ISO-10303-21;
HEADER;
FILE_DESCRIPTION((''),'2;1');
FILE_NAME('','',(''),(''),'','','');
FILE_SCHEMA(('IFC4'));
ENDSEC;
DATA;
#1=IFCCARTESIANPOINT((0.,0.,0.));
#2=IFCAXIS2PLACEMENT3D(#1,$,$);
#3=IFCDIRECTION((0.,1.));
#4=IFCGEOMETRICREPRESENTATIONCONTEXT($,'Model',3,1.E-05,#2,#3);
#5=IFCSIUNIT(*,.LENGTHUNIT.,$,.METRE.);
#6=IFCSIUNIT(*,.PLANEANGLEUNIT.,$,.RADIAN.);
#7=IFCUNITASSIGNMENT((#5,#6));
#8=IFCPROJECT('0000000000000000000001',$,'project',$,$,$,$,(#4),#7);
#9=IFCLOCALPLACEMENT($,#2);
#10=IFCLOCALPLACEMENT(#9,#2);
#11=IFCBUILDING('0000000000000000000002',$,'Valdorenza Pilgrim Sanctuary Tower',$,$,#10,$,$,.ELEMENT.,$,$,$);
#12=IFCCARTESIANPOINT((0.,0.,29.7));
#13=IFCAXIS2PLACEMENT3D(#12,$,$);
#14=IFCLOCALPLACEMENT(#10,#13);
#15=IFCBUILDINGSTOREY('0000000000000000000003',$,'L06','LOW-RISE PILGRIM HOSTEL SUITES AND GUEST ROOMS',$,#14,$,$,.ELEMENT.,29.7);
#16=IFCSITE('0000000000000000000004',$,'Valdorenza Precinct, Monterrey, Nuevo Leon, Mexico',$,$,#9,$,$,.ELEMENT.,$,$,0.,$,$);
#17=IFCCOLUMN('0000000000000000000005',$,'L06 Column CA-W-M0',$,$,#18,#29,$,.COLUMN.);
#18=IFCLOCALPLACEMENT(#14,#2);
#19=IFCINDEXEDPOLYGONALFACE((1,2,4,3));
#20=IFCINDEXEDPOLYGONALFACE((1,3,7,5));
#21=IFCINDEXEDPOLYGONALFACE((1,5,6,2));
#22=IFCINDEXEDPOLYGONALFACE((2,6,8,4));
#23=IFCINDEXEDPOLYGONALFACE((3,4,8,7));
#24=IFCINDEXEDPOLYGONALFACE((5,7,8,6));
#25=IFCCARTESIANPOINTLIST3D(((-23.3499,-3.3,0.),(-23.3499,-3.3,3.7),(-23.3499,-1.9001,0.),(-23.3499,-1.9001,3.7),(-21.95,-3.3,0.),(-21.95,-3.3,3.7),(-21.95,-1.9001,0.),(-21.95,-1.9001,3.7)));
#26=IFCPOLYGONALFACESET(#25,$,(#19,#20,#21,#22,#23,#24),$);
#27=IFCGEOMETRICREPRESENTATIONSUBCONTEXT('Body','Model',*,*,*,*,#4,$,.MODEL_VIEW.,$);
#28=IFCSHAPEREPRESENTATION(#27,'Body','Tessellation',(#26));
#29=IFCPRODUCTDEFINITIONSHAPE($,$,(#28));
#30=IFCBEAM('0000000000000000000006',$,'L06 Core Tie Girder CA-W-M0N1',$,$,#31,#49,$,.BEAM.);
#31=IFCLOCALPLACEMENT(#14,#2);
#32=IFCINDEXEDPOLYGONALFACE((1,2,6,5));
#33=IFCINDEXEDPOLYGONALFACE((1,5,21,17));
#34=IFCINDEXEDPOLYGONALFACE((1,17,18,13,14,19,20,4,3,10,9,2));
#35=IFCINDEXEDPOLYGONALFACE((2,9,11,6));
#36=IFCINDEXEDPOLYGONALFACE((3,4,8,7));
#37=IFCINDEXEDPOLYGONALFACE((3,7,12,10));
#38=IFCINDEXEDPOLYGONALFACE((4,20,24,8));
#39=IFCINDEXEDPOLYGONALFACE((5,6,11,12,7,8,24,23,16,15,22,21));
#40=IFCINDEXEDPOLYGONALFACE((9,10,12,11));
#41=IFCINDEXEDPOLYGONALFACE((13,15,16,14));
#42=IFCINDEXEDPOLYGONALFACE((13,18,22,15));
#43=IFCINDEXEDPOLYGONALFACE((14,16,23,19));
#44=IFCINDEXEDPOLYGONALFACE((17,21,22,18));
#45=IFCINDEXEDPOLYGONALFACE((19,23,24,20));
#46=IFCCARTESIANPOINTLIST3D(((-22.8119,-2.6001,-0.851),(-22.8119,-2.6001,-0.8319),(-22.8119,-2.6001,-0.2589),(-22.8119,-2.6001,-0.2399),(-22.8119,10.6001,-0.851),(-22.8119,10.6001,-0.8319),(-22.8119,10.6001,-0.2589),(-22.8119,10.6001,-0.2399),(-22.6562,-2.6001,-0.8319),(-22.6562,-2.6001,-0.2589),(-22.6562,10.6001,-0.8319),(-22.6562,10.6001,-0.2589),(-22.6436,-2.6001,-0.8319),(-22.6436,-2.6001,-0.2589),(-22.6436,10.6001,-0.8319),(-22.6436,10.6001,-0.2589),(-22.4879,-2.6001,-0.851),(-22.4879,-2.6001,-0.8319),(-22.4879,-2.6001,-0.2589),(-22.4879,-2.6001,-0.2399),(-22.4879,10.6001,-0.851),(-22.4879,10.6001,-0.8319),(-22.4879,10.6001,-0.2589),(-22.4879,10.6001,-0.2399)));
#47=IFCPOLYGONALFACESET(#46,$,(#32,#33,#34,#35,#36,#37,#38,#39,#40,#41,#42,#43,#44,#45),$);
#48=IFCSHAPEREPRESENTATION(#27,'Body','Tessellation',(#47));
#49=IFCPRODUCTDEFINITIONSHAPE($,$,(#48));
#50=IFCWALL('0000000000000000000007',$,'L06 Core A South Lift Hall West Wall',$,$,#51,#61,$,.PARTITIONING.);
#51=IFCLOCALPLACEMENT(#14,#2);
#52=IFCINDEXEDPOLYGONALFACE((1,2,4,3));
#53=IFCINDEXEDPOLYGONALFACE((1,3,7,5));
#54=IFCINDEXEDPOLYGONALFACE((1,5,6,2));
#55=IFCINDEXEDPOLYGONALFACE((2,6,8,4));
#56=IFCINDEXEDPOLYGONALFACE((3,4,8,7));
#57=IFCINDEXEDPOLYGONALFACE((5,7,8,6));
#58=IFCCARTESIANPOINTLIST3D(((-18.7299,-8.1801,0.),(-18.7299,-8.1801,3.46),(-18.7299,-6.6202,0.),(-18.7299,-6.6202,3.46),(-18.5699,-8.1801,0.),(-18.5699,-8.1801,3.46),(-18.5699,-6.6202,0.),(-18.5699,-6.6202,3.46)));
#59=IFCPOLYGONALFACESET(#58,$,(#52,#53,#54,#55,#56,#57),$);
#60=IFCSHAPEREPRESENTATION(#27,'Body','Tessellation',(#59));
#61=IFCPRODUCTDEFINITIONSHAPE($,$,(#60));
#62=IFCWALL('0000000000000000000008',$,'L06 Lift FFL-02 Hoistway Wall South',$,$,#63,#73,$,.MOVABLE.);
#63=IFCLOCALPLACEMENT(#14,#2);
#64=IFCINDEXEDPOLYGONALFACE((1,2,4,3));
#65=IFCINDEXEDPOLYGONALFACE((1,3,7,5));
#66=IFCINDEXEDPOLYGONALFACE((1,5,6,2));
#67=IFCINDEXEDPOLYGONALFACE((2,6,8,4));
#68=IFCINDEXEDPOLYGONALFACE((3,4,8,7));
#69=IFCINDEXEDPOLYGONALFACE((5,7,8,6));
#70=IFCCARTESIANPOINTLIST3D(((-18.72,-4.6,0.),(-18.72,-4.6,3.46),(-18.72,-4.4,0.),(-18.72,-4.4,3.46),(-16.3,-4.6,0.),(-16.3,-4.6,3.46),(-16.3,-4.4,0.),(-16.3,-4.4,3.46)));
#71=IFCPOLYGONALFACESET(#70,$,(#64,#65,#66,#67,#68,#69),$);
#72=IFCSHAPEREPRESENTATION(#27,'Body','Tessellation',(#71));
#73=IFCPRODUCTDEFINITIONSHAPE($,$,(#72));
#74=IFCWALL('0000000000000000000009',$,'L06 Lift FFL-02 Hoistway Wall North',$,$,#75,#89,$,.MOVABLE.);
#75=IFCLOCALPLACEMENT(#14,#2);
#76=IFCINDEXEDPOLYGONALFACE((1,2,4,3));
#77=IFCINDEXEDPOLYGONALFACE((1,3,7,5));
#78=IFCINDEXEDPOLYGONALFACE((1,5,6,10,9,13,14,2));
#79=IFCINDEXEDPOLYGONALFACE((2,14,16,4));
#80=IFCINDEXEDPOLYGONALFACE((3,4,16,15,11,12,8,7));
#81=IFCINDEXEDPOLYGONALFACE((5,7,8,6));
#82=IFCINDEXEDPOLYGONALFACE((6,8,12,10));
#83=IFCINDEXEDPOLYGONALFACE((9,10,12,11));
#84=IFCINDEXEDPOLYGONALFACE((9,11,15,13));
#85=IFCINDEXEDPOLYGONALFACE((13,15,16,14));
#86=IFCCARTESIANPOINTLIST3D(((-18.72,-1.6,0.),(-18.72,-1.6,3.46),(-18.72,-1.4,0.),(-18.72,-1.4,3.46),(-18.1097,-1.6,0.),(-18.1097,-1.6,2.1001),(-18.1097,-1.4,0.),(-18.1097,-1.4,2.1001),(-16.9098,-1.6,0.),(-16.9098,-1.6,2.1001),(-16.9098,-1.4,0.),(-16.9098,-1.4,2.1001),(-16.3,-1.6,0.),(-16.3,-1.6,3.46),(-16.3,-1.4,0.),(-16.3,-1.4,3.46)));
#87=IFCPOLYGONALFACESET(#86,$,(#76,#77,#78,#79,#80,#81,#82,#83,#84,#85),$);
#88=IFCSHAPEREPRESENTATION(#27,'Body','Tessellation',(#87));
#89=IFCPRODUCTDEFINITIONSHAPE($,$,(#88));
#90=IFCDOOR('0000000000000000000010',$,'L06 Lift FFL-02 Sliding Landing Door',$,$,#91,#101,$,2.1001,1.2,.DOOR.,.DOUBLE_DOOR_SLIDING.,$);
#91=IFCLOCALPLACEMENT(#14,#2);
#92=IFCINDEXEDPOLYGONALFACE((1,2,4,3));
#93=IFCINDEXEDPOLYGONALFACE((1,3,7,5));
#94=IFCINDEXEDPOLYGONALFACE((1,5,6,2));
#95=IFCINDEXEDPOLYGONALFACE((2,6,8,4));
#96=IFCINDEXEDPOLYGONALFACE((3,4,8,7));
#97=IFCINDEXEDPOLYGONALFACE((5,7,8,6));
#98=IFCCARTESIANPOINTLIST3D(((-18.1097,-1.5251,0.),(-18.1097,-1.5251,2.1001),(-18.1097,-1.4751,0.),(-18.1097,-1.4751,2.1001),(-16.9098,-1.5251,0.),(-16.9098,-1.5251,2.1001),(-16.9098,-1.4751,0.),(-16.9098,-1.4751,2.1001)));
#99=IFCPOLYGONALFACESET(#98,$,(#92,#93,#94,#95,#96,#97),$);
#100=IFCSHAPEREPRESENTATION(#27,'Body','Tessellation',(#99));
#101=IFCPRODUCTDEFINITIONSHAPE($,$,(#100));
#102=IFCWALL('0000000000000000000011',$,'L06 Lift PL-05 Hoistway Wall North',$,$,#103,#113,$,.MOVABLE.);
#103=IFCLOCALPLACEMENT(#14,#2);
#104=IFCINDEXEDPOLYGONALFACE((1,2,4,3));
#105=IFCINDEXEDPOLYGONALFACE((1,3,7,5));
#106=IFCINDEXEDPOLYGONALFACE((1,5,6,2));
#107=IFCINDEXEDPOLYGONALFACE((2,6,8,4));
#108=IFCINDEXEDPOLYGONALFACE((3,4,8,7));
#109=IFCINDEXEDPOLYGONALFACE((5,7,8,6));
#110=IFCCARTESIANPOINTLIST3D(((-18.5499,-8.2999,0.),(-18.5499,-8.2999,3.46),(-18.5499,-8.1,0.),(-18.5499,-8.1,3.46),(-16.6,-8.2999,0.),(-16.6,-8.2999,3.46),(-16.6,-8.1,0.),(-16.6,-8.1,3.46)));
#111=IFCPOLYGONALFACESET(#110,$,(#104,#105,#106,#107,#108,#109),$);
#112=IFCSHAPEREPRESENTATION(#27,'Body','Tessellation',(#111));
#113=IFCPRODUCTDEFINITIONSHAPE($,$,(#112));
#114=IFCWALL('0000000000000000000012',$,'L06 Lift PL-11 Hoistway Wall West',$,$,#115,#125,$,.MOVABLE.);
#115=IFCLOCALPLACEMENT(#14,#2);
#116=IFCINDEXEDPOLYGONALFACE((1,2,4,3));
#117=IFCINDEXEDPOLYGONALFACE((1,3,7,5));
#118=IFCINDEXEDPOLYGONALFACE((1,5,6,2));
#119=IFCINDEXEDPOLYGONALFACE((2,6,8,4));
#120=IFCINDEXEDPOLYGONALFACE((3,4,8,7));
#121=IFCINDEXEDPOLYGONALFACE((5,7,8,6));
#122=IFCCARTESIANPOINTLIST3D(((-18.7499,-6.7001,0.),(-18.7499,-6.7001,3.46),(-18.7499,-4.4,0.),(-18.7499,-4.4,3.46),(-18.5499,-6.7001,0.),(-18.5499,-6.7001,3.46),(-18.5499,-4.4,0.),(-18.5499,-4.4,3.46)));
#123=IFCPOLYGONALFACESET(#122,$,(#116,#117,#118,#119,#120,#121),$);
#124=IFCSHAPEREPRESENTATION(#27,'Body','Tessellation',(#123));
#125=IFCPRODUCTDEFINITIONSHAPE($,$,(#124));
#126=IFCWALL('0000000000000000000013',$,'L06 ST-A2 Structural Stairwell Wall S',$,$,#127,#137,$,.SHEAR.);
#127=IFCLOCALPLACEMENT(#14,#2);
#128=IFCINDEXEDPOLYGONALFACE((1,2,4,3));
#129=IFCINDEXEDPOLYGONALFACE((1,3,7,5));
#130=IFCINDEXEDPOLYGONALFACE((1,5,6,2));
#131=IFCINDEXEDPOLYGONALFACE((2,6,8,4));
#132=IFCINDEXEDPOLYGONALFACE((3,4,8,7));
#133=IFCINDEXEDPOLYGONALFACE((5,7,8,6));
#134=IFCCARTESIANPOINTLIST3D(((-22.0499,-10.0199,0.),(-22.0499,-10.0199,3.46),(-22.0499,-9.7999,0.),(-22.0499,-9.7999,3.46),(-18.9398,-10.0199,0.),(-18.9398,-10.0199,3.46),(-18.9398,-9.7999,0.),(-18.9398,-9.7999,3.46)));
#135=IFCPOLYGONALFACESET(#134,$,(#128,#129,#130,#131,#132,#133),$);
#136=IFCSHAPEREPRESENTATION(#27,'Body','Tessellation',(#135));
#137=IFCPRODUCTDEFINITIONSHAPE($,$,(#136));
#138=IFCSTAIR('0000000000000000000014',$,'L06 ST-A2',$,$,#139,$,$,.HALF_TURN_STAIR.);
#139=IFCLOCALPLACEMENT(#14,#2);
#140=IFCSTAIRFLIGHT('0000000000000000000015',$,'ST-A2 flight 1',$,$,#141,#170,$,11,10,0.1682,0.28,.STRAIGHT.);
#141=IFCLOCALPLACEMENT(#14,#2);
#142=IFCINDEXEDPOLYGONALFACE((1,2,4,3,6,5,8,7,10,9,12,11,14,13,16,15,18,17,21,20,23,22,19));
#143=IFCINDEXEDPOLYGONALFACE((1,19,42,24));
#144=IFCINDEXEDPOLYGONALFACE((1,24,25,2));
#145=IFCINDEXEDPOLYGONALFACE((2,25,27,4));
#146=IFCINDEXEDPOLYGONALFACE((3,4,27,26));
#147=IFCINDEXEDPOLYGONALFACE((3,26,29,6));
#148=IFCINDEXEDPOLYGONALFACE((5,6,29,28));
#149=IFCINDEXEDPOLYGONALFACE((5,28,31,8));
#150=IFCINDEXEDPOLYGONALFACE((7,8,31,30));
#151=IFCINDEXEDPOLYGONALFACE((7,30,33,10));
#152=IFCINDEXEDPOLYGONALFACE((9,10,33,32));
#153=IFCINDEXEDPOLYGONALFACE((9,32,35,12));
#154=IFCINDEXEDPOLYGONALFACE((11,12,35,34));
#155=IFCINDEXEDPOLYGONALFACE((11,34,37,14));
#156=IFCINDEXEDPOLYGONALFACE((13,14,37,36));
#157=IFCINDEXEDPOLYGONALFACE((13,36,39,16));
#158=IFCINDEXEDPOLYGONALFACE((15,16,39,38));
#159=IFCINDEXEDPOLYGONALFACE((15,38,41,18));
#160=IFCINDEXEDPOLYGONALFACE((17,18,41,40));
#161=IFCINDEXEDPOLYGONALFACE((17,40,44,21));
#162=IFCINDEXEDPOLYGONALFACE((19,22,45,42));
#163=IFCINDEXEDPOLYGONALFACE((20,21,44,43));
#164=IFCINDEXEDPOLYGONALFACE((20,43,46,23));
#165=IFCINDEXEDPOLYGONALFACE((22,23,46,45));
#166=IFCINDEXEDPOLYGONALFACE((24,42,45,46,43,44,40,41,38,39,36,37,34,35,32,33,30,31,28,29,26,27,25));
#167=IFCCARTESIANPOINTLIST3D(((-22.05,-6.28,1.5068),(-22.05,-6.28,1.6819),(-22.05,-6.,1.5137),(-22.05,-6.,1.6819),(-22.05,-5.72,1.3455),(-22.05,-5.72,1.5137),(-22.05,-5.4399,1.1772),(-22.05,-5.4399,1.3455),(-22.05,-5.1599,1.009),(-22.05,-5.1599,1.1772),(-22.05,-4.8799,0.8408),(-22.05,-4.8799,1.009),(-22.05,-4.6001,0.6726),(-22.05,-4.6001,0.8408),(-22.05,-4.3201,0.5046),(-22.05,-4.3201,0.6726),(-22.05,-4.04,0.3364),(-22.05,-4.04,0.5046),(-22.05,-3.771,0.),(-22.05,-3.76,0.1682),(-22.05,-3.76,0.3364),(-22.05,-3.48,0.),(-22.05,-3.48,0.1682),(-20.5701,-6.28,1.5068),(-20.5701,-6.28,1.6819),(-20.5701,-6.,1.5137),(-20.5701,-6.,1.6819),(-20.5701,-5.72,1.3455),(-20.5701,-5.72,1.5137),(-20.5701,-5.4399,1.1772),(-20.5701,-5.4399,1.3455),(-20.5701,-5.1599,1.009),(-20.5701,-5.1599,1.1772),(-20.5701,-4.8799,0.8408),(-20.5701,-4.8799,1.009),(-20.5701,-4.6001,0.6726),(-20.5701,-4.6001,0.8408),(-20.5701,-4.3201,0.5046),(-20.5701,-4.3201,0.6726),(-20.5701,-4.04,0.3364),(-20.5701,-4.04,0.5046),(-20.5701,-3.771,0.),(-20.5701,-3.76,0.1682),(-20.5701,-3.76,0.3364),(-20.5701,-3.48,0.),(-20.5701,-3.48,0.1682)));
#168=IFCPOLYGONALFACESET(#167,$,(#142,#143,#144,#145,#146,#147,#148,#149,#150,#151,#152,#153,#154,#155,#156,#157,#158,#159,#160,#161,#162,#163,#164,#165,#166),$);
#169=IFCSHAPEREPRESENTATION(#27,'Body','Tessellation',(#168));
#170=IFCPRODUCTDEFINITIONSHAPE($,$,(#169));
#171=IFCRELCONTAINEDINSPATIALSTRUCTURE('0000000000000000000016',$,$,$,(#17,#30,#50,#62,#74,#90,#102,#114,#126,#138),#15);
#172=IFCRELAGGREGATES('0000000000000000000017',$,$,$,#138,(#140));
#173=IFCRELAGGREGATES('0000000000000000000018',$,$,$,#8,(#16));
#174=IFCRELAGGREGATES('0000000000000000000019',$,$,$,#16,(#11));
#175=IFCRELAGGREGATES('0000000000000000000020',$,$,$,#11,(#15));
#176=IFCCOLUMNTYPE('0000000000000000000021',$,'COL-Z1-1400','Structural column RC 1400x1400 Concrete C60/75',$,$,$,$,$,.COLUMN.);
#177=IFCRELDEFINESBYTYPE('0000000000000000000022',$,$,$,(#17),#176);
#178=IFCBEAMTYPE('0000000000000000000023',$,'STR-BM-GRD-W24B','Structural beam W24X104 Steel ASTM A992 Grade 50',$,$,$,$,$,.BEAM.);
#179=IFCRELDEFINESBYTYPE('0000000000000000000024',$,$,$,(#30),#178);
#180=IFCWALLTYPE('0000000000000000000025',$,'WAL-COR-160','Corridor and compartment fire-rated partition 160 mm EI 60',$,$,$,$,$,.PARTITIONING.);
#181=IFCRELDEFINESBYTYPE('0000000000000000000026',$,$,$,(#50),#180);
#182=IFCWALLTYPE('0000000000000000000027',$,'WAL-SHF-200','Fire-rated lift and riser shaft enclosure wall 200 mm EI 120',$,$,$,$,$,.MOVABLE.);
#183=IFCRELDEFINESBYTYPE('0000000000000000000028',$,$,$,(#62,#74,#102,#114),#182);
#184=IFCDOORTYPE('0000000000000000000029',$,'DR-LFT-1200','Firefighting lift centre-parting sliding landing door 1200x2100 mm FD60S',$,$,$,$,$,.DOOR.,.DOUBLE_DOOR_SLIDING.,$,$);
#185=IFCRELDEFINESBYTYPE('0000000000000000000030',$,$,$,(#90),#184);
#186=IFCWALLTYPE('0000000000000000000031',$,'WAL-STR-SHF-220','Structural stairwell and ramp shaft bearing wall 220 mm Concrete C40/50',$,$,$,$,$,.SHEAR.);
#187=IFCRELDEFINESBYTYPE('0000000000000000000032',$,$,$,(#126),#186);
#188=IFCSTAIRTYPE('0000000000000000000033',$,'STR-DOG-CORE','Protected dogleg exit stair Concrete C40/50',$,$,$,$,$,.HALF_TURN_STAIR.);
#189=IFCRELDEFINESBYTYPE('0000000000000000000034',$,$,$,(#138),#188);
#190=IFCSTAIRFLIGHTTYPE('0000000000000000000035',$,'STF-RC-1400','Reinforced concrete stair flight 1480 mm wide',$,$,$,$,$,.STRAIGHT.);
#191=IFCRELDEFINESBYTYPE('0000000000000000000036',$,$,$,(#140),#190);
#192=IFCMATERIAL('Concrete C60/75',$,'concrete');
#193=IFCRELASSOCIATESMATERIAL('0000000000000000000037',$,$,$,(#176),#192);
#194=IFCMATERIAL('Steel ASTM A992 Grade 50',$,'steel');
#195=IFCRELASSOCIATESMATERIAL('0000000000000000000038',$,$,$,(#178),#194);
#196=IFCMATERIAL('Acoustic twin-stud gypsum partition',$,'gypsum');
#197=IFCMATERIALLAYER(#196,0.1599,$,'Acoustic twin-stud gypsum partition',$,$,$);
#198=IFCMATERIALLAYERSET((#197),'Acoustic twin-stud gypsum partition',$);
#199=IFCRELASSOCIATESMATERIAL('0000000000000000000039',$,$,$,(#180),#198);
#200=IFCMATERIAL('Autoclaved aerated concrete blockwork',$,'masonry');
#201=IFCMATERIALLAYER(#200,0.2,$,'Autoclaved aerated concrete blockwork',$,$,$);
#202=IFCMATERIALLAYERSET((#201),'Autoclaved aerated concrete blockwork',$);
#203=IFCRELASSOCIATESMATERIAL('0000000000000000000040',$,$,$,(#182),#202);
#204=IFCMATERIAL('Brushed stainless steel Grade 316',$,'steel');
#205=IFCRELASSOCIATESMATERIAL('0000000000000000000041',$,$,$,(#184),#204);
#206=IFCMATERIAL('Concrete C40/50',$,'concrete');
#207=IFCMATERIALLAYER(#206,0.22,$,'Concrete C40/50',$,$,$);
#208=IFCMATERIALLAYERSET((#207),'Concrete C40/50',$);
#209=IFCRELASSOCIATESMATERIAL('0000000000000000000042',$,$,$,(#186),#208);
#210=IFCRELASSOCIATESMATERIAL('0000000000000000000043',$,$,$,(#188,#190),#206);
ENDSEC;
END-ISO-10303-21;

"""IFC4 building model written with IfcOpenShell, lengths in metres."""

from ifc_helpers import new_model, si_unit, direction, frame, frame_2d, origin, origin_2d, place, context, subcontext, project, spatial, polyline, rectangle, i_section, outline, extrude, source, transform, mapped, material, layer, layer_set, material_profile, profile_set, type_object, element, fill, aggregate, save


model = new_model("IFC4")

# Units and contexts
model_context = context("Model", 3, precision=1e-05, world=origin(), true_north=direction((0.0, 1.0)))
body_context = subcontext(model_context, "Body", "Model", "MODEL_VIEW")
ifc_project = project(units=[si_unit("LENGTHUNIT", "METRE"), si_unit("PLANEANGLEUNIT", "RADIAN")], contexts=[model_context])

# Site, building, storey
site_placement = place(None, origin())
site = spatial("IfcSite", under=ifc_project, at=site_placement, Name="Valdorenza Precinct, Monterrey, Nuevo Leon, Mexico", CompositionType="ELEMENT", RefElevation=0.0)
building_placement = place(site_placement, origin())
building = spatial("IfcBuilding", under=site, at=building_placement, Name="Valdorenza Pilgrim Sanctuary Tower", CompositionType="ELEMENT")
storey_placement = place(building_placement, frame((0.0, 0.0, 29.7)))
storey = spatial("IfcBuildingStorey", under=building, at=storey_placement, Name="L06", Description="LOW-RISE PILGRIM HOSTEL SUITES AND GUEST ROOMS", CompositionType="ELEMENT", Elevation=29.7)

# Column
ifc_material_1 = material(Name="Concrete C60/75", Category="concrete")
ifc_material_profile_1 = material_profile(ifc_material_1, rectangle(XDim=1.3999, YDim=1.3999, at=origin_2d()), Name="RC 1400x1400")
ifc_profile_set_1 = profile_set([ifc_material_profile_1], Name="Concrete C60/75")
column_type = type_object("IfcColumnType", Name="COL-Z1-1400", Description="Structural column RC 1400x1400 Concrete C60/75", PredefinedType="COLUMN", material=ifc_profile_set_1)
shared_shape_1 = source(origin(), body_context, "Body", "SweptSolid", [
    extrude(rectangle(XDim=1.3999, YDim=1.3999, at=origin_2d()), origin(), (0.0, 0.0, 1.0), 3.7),
])
column_placement = place(storey_placement, frame((-22.6499, -2.6001, 0.0), z_axis=(0.0, 0.0, 1.0), x_axis=(1.0, 0.0, 0.0)))
element("IfcColumn", 1, at=column_placement, inside=storey, type_object=column_type, Name="L06 Column CA-W-M0", PredefinedType="COLUMN", context=body_context, shape_type="MappedRepresentation", body=[
    mapped(shared_shape_1, transform((0.0, 0.0, 0.0), x_axis=(1.0, 0.0, 0.0), y_axis=(0.0, 1.0, 0.0), z_axis=(0.0, 0.0, 1.0), scale=1.0)),
])

# Beam
ifc_material_2 = material(Name="Steel ASTM A992 Grade 50", Category="steel")
ifc_material_profile_2 = material_profile(ifc_material_2, i_section(OverallWidth=0.324, OverallDepth=0.6111, WebThickness=0.0127, FlangeThickness=0.019, at=origin_2d()), Name="W24X104")
ifc_profile_set_2 = profile_set([ifc_material_profile_2], Name="Steel ASTM A992 Grade 50")
beam_type = type_object("IfcBeamType", Name="STR-BM-GRD-W24B", Description="Structural beam W24X104 Steel ASTM A992 Grade 50", PredefinedType="BEAM", material=ifc_profile_set_2)
shared_shape_2 = source(origin(), body_context, "Body", "SweptSolid", [
    extrude(i_section(OverallWidth=0.324, OverallDepth=0.6111, WebThickness=0.0127, FlangeThickness=0.019, at=origin_2d()), origin(), (0.0, 0.0, 1.0), 13.2002),
])
beam_placement = place(storey_placement, frame((-22.6499, -2.6001, -0.5454), z_axis=(0.0, 1.0, 0.0), x_axis=(-1.0, 0.0, 0.0)))
element("IfcBeam", 2, at=beam_placement, inside=storey, type_object=beam_type, Name="L06 Core Tie Girder CA-W-M0N1", PredefinedType="BEAM", context=body_context, shape_type="MappedRepresentation", body=[
    mapped(shared_shape_2, transform((0.0, 0.0, 0.0), x_axis=(1.0, 0.0, 0.0), y_axis=(0.0, 1.0, 0.0), z_axis=(0.0, 0.0, 1.0), scale=1.0)),
])

# Walls
ifc_material_3 = material(Name="Acoustic twin-stud gypsum partition", Category="gypsum")
ifc_layer_1 = layer(ifc_material_3, 0.1599, Name="Acoustic twin-stud gypsum partition")
ifc_layer_set_1 = layer_set([ifc_layer_1], Name="Acoustic twin-stud gypsum partition")
wall_type_1 = type_object("IfcWallType", Name="WAL-COR-160", Description="Corridor and compartment fire-rated partition 160 mm EI 60", PredefinedType="PARTITIONING", material=ifc_layer_set_1)
wall_1_placement = place(storey_placement, frame((-18.6499, -8.1799, 0.0), z_axis=(0.0, 0.0, 1.0), x_axis=(0.0, 1.0, 0.0)))
element("IfcWall", 3, at=wall_1_placement, inside=storey, type_object=wall_type_1, Name="L06 Core A South Lift Hall West Wall", PredefinedType="PARTITIONING", context=body_context, shape_type="SweptSolid", body=[
    extrude(rectangle(XDim=1.5598, YDim=0.1599, at=frame_2d((0.7798, 0.0))), origin(), (0.0, 0.0, 1.0), 3.46),
])
ifc_material_4 = material(Name="Autoclaved aerated concrete blockwork", Category="masonry")
ifc_layer_2 = layer(ifc_material_4, 0.2, Name="Autoclaved aerated concrete blockwork")
ifc_layer_set_2 = layer_set([ifc_layer_2], Name="Autoclaved aerated concrete blockwork")
wall_type_2 = type_object("IfcWallType", Name="WAL-SHF-200", Description="Fire-rated lift and riser shaft enclosure wall 200 mm EI 120", PredefinedType="MOVABLE", material=ifc_layer_set_2)
wall_2_placement = place(storey_placement, frame((-18.72, -4.5, 0.0), z_axis=(0.0, 0.0, 1.0), x_axis=(1.0, 0.0, 0.0)))
element("IfcWall", 4, at=wall_2_placement, inside=storey, type_object=wall_type_2, Name="L06 Lift FFL-02 Hoistway Wall South", PredefinedType="MOVABLE", context=body_context, shape_type="SweptSolid", body=[
    extrude(rectangle(XDim=2.4199, YDim=0.2, at=frame_2d((1.21, 0.0))), origin(), (0.0, 0.0, 1.0), 3.46),
])

# Wall, opening, door
wall_3_placement = place(storey_placement, frame((-18.72, -1.5, 0.0), z_axis=(0.0, 0.0, 1.0), x_axis=(1.0, 0.0, 0.0)))
wall_3 = element("IfcWall", 5, at=wall_3_placement, inside=storey, type_object=wall_type_2, Name="L06 Lift FFL-02 Hoistway Wall North", PredefinedType="MOVABLE", context=body_context, shape_type="SweptSolid", body=[
    extrude(rectangle(XDim=2.4199, YDim=0.2, at=frame_2d((1.21, 0.0))), origin(), (0.0, 0.0, 1.0), 3.46),
])
opening_1_placement = place(wall_3_placement, frame((0.6101, 0.0, 0.0)))
opening_1 = element("IfcOpeningElement", 6, at=opening_1_placement, cuts=wall_3, PredefinedType="OPENING", context=body_context, shape_type="SweptSolid", body=[
    extrude(rectangle(XDim=1.2, YDim=2.1001, at=frame_2d((0.6001, 1.05))), frame((0.0, 0.1147, 0.0), z_axis=(0.0, -1.0, 0.0), x_axis=(1.0, 0.0, 0.0)), (0.0, 0.0, 1.0), 0.2297),
])
ifc_material_5 = material(Name="Brushed stainless steel Grade 316", Category="steel")
door_type_1 = type_object("IfcDoorType", Name="DR-LFT-1200", Description="Firefighting lift centre-parting sliding landing door 1200x2100 mm FD60S", OperationType="DOUBLE_DOOR_SLIDING", PredefinedType="DOOR", material=ifc_material_5)
door_1_placement = place(opening_1_placement, origin())
door_1 = element("IfcDoor", 7, at=door_1_placement, inside=storey, type_object=door_type_1, Name="L06 Lift FFL-02 Sliding Landing Door", OperationType="DOUBLE_DOOR_SLIDING", OverallHeight=2.1001, OverallWidth=1.2, PredefinedType="DOOR", context=body_context, shape_type="SweptSolid", body=[
    extrude(rectangle(XDim=1.2, YDim=2.1001, at=frame_2d((0.6001, 1.05))), frame((0.0, 0.0249, 0.0), z_axis=(0.0, -1.0, 0.0), x_axis=(1.0, 0.0, 0.0)), (0.0, 0.0, 1.0), 0.05),
])
fill(opening_1, door_1)

# Walls
wall_4_placement = place(storey_placement, frame((-18.55, -8.2, 0.0), z_axis=(0.0, 0.0, 1.0), x_axis=(1.0, 0.0, 0.0)))
element("IfcWall", 8, at=wall_4_placement, inside=storey, type_object=wall_type_2, Name="L06 Lift PL-05 Hoistway Wall North", PredefinedType="MOVABLE", context=body_context, shape_type="SweptSolid", body=[
    extrude(rectangle(XDim=1.95, YDim=0.2, at=frame_2d((0.9751, 0.0))), origin(), (0.0, 0.0, 1.0), 3.46),
])
wall_5_placement = place(storey_placement, frame((-18.6499, -6.7, 0.0), z_axis=(0.0, 0.0, 1.0), x_axis=(0.0, 1.0, 0.0)))
element("IfcWall", 9, at=wall_5_placement, inside=storey, type_object=wall_type_2, Name="L06 Lift PL-11 Hoistway Wall West", PredefinedType="MOVABLE", context=body_context, shape_type="SweptSolid", body=[
    extrude(rectangle(XDim=2.3, YDim=0.2, at=frame_2d((1.1499, 0.0))), origin(), (0.0, 0.0, 1.0), 3.46),
])
ifc_material_6 = material(Name="Concrete C40/50", Category="concrete")
ifc_layer_3 = layer(ifc_material_6, 0.22, Name="Concrete C40/50")
ifc_layer_set_3 = layer_set([ifc_layer_3], Name="Concrete C40/50")
wall_type_3 = type_object("IfcWallType", Name="WAL-STR-SHF-220", Description="Structural stairwell and ramp shaft bearing wall 220 mm Concrete C40/50", PredefinedType="SHEAR", material=ifc_layer_set_3)
wall_6_placement = place(storey_placement, frame((-22.05, -9.9099, 0.0), z_axis=(0.0, 0.0, 1.0), x_axis=(1.0, 0.0, 0.0)))
element("IfcWall", 10, at=wall_6_placement, inside=storey, type_object=wall_type_3, Name="L06 ST-A2 Structural Stairwell Wall S", PredefinedType="SHEAR", context=body_context, shape_type="SweptSolid", body=[
    extrude(rectangle(XDim=3.1101, YDim=0.22, at=frame_2d((1.5552, 0.0))), origin(), (0.0, 0.0, 1.0), 3.46),
])

# Stair, stair flight
stair_type = type_object("IfcStairType", Name="STR-DOG-CORE", Description="Protected dogleg exit stair Concrete C40/50", PredefinedType="HALF_TURN_STAIR", material=ifc_material_6)
stair_placement = place(storey_placement, origin())
stair = element("IfcStair", 11, at=stair_placement, inside=storey, type_object=stair_type, Name="L06 ST-A2", PredefinedType="HALF_TURN_STAIR")
stair_flight_type = type_object("IfcStairFlightType", Name="STF-RC-1400", Description="Reinforced concrete stair flight 1480 mm wide", PredefinedType="STRAIGHT", material=ifc_material_6)
stair_flight_1_placement = place(storey_placement, frame((-21.3101, -3.48, 0.0), z_axis=(0.0, 0.0, 1.0), x_axis=(0.0, -1.0, 0.0)))
stair_flight_1 = element("IfcStairFlight", 12, at=stair_flight_1_placement, type_object=stair_flight_type, Name="ST-A2 flight 1", NumberOfRisers=11, NumberOfTreads=10, PredefinedType="STRAIGHT", RiserHeight=0.1682, TreadLength=0.28, context=body_context, shape_type="SweptSolid", body=[
    extrude(outline(polyline([(0.0, 0.0), (0.0, 0.1682), (0.28, 0.1682), (0.28, 0.3364), (0.5601, 0.3364), (0.5601, 0.5046), (0.8401, 0.5046), (0.8401, 0.6726), (1.1201, 0.6726), (1.1201, 0.8408), (1.3999, 0.8408), (1.3999, 1.009), (1.6799, 1.009), (1.6799, 1.1772), (1.96, 1.1772), (1.96, 1.3455), (2.24, 1.3455), (2.24, 1.5137), (2.52, 1.5137), (2.52, 1.6819), (2.8, 1.6819), (2.8, 1.8501), (2.8, 1.5068), (0.291, 0.0), (0.0, 0.0)])), frame((0.0, 0.74, 0.0), z_axis=(0.0, -1.0, 0.0), x_axis=(1.0, 0.0, 0.0)), (0.0, 0.0, 1.0), 1.48),
])
aggregate(stair, [stair_flight_1])

save(model, "model.ifc")
